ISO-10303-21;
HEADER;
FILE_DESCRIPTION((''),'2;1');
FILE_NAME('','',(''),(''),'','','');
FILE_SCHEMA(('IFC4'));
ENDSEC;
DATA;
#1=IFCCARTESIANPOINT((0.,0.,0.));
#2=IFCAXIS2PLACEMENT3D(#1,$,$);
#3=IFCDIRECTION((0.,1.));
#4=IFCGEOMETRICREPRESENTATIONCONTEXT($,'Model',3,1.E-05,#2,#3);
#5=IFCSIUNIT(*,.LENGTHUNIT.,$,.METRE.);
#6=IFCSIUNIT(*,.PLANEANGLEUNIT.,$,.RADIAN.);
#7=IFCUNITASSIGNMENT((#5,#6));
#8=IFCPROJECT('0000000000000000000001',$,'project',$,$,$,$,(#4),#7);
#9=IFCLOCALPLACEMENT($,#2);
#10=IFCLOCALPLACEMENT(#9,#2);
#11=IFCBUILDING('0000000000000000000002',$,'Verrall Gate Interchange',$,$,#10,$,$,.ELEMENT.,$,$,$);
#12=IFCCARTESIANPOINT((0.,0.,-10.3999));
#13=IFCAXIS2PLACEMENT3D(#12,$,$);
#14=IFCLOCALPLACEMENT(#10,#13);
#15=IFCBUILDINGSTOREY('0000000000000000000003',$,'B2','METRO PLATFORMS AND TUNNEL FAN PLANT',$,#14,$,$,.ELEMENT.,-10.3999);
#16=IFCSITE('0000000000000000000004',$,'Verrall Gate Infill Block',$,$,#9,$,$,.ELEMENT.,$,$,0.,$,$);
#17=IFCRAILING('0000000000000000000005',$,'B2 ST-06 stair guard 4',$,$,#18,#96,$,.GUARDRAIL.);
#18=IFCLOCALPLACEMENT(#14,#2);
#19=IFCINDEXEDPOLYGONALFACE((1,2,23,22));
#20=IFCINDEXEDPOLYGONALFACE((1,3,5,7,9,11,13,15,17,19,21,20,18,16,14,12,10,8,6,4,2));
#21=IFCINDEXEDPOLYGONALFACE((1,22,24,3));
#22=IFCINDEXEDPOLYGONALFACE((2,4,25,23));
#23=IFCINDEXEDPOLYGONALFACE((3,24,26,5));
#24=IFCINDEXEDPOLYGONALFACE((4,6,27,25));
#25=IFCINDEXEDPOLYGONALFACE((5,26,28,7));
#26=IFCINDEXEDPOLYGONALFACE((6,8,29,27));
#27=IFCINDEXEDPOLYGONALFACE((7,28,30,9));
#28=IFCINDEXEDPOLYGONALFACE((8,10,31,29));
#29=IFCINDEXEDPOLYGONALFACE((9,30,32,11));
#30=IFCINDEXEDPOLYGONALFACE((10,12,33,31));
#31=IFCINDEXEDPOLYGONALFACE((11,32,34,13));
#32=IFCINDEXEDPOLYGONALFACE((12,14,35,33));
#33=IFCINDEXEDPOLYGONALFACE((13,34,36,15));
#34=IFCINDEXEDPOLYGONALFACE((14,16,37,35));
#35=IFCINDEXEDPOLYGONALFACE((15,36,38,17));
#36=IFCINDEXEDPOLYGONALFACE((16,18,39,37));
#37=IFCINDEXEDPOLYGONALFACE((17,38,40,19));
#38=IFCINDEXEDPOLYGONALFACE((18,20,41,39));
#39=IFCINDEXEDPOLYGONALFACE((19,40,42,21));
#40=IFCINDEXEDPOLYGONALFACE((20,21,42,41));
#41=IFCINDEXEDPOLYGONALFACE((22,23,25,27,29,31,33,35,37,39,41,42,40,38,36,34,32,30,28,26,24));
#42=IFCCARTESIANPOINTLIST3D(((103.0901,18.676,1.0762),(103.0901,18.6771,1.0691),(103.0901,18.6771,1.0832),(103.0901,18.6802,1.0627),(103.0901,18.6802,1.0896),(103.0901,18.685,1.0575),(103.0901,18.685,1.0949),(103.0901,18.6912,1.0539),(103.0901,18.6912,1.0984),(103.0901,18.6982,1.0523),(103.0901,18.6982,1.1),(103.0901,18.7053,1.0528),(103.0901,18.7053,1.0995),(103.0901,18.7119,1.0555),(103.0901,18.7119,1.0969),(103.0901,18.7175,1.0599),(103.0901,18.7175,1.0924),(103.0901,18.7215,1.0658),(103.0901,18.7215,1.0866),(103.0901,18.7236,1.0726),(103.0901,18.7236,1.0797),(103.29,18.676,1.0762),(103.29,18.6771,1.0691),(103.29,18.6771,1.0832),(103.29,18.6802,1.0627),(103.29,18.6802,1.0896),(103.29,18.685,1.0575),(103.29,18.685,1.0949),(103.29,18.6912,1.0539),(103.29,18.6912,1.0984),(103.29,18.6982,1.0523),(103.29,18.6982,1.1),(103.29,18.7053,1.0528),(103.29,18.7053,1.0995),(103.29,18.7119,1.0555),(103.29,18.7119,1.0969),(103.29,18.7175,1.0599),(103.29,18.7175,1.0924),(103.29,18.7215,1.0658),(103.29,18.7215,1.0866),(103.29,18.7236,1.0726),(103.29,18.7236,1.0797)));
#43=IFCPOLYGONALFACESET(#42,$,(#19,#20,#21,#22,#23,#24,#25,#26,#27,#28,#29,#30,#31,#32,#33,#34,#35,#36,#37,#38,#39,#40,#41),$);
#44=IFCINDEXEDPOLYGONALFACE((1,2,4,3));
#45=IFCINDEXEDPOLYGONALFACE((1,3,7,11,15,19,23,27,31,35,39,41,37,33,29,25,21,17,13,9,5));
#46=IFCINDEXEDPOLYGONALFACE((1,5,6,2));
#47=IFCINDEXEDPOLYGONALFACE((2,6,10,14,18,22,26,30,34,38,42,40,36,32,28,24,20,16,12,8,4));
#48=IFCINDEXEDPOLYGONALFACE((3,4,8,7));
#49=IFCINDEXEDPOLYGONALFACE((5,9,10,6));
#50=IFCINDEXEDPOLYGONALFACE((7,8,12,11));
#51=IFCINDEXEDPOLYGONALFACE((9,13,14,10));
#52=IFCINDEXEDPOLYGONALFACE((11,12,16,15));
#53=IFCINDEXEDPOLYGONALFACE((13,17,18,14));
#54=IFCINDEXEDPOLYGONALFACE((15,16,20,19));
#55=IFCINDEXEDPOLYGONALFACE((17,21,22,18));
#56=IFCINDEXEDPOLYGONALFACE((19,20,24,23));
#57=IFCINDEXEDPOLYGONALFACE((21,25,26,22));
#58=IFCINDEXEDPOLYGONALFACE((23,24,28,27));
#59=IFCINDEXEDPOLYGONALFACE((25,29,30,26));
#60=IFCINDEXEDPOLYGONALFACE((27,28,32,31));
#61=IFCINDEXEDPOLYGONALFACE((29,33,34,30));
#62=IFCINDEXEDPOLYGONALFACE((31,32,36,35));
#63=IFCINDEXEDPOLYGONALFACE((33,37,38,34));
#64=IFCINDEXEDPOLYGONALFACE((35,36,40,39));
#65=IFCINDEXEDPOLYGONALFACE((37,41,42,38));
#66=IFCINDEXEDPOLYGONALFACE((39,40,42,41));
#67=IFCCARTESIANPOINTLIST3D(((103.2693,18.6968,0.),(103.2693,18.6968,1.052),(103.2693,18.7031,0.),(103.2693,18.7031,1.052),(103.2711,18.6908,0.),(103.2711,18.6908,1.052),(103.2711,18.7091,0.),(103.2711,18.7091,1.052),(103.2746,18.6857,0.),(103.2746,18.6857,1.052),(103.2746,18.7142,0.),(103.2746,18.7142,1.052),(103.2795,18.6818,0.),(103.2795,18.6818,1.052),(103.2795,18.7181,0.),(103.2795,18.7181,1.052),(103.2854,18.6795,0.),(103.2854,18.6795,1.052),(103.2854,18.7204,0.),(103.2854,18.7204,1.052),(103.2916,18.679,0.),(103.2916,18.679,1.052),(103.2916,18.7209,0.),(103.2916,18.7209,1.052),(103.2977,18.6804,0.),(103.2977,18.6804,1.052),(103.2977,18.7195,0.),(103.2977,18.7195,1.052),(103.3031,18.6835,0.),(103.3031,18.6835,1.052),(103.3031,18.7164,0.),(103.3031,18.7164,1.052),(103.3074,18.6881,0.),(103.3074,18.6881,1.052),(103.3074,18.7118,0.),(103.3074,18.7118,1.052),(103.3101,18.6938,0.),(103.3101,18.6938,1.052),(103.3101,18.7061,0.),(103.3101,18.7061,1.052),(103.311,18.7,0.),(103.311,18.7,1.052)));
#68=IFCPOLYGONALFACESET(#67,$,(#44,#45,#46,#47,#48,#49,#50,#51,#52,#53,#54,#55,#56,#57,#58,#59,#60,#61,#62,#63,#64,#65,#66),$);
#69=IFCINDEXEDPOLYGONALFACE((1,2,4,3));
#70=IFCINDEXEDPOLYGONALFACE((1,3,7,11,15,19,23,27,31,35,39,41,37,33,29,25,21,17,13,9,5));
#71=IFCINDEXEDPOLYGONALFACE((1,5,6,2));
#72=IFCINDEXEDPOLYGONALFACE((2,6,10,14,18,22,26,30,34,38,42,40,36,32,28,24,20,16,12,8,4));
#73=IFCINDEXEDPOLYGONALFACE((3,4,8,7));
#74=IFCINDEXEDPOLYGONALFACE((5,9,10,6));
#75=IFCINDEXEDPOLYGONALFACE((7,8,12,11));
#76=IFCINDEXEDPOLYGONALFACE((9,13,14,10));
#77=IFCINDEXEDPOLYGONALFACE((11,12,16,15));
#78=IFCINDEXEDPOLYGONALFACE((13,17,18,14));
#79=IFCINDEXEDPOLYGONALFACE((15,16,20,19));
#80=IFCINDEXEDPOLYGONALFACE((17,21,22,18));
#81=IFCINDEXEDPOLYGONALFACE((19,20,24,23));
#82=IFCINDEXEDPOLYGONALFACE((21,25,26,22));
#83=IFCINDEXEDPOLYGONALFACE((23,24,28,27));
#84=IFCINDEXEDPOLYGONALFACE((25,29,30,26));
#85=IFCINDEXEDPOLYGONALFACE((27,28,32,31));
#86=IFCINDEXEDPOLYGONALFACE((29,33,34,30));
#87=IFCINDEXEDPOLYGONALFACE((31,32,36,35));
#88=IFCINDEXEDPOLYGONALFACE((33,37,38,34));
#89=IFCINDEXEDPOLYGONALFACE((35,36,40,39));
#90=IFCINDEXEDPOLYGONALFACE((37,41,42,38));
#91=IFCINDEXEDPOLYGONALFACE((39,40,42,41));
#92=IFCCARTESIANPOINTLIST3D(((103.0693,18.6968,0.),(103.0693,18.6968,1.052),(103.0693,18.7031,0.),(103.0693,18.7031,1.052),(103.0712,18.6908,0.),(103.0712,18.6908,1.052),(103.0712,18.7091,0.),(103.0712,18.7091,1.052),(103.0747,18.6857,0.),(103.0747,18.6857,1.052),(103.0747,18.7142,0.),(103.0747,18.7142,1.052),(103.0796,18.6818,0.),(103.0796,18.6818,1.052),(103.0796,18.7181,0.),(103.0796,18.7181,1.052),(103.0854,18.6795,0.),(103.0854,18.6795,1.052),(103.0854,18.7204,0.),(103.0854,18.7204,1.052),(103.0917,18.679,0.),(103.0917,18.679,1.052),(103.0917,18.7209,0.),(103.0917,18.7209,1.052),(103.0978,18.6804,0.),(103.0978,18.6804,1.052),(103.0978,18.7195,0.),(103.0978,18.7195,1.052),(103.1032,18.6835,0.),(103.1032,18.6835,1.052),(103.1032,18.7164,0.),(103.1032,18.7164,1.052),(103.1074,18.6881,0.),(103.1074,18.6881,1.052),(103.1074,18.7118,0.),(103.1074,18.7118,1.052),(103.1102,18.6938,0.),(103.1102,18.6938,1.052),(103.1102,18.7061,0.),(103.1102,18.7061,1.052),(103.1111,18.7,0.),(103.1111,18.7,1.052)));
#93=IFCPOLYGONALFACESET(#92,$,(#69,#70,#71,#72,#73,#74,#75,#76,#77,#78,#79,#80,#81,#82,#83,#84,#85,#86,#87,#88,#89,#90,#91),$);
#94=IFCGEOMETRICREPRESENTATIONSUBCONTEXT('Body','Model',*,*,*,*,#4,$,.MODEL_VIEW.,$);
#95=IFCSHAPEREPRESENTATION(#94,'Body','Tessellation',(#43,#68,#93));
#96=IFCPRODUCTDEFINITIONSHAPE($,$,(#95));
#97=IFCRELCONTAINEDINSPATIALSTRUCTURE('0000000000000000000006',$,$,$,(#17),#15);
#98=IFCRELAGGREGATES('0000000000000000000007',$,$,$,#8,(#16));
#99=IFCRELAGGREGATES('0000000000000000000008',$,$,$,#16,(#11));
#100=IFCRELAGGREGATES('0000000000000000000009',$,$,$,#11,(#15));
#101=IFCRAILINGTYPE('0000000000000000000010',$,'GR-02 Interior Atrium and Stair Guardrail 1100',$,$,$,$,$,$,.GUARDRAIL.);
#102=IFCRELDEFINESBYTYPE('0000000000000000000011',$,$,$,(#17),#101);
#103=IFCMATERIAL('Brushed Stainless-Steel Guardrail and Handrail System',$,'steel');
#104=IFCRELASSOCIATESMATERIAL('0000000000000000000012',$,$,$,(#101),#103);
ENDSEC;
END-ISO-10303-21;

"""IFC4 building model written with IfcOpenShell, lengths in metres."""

from ifc_helpers import new_model, si_unit, direction, frame, origin, origin_2d, place, context, subcontext, project, spatial, circle, extrude, material, type_object, element, save


model = new_model("IFC4")

# Units and contexts
model_context = context("Model", 3, precision=1e-05, world=origin(), true_north=direction((0.0, 1.0)))
body_context = subcontext(model_context, "Body", "Model", "MODEL_VIEW")
ifc_project = project(units=[si_unit("LENGTHUNIT", "METRE"), si_unit("PLANEANGLEUNIT", "RADIAN")], contexts=[model_context])

# Site, building, storey
site_placement = place(None, origin())
site = spatial("IfcSite", under=ifc_project, at=site_placement, Name="Verrall Gate Infill Block", CompositionType="ELEMENT", RefElevation=0.0)
building_placement = place(site_placement, origin())
building = spatial("IfcBuilding", under=site, at=building_placement, Name="Verrall Gate Interchange", CompositionType="ELEMENT")
storey_placement = place(building_placement, frame((0.0, 0.0, -10.3999)))
storey = spatial("IfcBuildingStorey", under=building, at=storey_placement, Name="B2", Description="METRO PLATFORMS AND TUNNEL FAN PLANT", CompositionType="ELEMENT", Elevation=-10.3999)

# Railing
ifc_material_1 = material(Name="Brushed Stainless-Steel Guardrail and Handrail System", Category="steel")
railing_type_1 = type_object("IfcRailingType", Name="GR-02 Interior Atrium and Stair Guardrail 1100", PredefinedType="GUARDRAIL", material=ifc_material_1)
railing_1_placement = place(storey_placement, frame((103.29, 18.7, 0.0)))
element("IfcRailing", 1, at=railing_1_placement, inside=storey, type_object=railing_type_1, Name="B2 ST-06 stair guard 4", PredefinedType="GUARDRAIL", context=body_context, shape_type="SweptSolid", body=[
    extrude(circle(Radius=0.0239, at=origin_2d()), frame((0.0, 0.0, 1.0762), z_axis=(-1.0, 0.0, 0.0), x_axis=(0.0, -1.0, 0.0)), (0.0, 0.0, 1.0), 0.2),
    extrude(circle(Radius=0.021, at=origin_2d()), origin(), (0.0, 0.0, 1.0), 1.052),
    extrude(circle(Radius=0.021, at=origin_2d()), frame((-0.2, 0.0, 0.0)), (0.0, 0.0, 1.0), 1.052),
])

save(model, "model.ifc")
